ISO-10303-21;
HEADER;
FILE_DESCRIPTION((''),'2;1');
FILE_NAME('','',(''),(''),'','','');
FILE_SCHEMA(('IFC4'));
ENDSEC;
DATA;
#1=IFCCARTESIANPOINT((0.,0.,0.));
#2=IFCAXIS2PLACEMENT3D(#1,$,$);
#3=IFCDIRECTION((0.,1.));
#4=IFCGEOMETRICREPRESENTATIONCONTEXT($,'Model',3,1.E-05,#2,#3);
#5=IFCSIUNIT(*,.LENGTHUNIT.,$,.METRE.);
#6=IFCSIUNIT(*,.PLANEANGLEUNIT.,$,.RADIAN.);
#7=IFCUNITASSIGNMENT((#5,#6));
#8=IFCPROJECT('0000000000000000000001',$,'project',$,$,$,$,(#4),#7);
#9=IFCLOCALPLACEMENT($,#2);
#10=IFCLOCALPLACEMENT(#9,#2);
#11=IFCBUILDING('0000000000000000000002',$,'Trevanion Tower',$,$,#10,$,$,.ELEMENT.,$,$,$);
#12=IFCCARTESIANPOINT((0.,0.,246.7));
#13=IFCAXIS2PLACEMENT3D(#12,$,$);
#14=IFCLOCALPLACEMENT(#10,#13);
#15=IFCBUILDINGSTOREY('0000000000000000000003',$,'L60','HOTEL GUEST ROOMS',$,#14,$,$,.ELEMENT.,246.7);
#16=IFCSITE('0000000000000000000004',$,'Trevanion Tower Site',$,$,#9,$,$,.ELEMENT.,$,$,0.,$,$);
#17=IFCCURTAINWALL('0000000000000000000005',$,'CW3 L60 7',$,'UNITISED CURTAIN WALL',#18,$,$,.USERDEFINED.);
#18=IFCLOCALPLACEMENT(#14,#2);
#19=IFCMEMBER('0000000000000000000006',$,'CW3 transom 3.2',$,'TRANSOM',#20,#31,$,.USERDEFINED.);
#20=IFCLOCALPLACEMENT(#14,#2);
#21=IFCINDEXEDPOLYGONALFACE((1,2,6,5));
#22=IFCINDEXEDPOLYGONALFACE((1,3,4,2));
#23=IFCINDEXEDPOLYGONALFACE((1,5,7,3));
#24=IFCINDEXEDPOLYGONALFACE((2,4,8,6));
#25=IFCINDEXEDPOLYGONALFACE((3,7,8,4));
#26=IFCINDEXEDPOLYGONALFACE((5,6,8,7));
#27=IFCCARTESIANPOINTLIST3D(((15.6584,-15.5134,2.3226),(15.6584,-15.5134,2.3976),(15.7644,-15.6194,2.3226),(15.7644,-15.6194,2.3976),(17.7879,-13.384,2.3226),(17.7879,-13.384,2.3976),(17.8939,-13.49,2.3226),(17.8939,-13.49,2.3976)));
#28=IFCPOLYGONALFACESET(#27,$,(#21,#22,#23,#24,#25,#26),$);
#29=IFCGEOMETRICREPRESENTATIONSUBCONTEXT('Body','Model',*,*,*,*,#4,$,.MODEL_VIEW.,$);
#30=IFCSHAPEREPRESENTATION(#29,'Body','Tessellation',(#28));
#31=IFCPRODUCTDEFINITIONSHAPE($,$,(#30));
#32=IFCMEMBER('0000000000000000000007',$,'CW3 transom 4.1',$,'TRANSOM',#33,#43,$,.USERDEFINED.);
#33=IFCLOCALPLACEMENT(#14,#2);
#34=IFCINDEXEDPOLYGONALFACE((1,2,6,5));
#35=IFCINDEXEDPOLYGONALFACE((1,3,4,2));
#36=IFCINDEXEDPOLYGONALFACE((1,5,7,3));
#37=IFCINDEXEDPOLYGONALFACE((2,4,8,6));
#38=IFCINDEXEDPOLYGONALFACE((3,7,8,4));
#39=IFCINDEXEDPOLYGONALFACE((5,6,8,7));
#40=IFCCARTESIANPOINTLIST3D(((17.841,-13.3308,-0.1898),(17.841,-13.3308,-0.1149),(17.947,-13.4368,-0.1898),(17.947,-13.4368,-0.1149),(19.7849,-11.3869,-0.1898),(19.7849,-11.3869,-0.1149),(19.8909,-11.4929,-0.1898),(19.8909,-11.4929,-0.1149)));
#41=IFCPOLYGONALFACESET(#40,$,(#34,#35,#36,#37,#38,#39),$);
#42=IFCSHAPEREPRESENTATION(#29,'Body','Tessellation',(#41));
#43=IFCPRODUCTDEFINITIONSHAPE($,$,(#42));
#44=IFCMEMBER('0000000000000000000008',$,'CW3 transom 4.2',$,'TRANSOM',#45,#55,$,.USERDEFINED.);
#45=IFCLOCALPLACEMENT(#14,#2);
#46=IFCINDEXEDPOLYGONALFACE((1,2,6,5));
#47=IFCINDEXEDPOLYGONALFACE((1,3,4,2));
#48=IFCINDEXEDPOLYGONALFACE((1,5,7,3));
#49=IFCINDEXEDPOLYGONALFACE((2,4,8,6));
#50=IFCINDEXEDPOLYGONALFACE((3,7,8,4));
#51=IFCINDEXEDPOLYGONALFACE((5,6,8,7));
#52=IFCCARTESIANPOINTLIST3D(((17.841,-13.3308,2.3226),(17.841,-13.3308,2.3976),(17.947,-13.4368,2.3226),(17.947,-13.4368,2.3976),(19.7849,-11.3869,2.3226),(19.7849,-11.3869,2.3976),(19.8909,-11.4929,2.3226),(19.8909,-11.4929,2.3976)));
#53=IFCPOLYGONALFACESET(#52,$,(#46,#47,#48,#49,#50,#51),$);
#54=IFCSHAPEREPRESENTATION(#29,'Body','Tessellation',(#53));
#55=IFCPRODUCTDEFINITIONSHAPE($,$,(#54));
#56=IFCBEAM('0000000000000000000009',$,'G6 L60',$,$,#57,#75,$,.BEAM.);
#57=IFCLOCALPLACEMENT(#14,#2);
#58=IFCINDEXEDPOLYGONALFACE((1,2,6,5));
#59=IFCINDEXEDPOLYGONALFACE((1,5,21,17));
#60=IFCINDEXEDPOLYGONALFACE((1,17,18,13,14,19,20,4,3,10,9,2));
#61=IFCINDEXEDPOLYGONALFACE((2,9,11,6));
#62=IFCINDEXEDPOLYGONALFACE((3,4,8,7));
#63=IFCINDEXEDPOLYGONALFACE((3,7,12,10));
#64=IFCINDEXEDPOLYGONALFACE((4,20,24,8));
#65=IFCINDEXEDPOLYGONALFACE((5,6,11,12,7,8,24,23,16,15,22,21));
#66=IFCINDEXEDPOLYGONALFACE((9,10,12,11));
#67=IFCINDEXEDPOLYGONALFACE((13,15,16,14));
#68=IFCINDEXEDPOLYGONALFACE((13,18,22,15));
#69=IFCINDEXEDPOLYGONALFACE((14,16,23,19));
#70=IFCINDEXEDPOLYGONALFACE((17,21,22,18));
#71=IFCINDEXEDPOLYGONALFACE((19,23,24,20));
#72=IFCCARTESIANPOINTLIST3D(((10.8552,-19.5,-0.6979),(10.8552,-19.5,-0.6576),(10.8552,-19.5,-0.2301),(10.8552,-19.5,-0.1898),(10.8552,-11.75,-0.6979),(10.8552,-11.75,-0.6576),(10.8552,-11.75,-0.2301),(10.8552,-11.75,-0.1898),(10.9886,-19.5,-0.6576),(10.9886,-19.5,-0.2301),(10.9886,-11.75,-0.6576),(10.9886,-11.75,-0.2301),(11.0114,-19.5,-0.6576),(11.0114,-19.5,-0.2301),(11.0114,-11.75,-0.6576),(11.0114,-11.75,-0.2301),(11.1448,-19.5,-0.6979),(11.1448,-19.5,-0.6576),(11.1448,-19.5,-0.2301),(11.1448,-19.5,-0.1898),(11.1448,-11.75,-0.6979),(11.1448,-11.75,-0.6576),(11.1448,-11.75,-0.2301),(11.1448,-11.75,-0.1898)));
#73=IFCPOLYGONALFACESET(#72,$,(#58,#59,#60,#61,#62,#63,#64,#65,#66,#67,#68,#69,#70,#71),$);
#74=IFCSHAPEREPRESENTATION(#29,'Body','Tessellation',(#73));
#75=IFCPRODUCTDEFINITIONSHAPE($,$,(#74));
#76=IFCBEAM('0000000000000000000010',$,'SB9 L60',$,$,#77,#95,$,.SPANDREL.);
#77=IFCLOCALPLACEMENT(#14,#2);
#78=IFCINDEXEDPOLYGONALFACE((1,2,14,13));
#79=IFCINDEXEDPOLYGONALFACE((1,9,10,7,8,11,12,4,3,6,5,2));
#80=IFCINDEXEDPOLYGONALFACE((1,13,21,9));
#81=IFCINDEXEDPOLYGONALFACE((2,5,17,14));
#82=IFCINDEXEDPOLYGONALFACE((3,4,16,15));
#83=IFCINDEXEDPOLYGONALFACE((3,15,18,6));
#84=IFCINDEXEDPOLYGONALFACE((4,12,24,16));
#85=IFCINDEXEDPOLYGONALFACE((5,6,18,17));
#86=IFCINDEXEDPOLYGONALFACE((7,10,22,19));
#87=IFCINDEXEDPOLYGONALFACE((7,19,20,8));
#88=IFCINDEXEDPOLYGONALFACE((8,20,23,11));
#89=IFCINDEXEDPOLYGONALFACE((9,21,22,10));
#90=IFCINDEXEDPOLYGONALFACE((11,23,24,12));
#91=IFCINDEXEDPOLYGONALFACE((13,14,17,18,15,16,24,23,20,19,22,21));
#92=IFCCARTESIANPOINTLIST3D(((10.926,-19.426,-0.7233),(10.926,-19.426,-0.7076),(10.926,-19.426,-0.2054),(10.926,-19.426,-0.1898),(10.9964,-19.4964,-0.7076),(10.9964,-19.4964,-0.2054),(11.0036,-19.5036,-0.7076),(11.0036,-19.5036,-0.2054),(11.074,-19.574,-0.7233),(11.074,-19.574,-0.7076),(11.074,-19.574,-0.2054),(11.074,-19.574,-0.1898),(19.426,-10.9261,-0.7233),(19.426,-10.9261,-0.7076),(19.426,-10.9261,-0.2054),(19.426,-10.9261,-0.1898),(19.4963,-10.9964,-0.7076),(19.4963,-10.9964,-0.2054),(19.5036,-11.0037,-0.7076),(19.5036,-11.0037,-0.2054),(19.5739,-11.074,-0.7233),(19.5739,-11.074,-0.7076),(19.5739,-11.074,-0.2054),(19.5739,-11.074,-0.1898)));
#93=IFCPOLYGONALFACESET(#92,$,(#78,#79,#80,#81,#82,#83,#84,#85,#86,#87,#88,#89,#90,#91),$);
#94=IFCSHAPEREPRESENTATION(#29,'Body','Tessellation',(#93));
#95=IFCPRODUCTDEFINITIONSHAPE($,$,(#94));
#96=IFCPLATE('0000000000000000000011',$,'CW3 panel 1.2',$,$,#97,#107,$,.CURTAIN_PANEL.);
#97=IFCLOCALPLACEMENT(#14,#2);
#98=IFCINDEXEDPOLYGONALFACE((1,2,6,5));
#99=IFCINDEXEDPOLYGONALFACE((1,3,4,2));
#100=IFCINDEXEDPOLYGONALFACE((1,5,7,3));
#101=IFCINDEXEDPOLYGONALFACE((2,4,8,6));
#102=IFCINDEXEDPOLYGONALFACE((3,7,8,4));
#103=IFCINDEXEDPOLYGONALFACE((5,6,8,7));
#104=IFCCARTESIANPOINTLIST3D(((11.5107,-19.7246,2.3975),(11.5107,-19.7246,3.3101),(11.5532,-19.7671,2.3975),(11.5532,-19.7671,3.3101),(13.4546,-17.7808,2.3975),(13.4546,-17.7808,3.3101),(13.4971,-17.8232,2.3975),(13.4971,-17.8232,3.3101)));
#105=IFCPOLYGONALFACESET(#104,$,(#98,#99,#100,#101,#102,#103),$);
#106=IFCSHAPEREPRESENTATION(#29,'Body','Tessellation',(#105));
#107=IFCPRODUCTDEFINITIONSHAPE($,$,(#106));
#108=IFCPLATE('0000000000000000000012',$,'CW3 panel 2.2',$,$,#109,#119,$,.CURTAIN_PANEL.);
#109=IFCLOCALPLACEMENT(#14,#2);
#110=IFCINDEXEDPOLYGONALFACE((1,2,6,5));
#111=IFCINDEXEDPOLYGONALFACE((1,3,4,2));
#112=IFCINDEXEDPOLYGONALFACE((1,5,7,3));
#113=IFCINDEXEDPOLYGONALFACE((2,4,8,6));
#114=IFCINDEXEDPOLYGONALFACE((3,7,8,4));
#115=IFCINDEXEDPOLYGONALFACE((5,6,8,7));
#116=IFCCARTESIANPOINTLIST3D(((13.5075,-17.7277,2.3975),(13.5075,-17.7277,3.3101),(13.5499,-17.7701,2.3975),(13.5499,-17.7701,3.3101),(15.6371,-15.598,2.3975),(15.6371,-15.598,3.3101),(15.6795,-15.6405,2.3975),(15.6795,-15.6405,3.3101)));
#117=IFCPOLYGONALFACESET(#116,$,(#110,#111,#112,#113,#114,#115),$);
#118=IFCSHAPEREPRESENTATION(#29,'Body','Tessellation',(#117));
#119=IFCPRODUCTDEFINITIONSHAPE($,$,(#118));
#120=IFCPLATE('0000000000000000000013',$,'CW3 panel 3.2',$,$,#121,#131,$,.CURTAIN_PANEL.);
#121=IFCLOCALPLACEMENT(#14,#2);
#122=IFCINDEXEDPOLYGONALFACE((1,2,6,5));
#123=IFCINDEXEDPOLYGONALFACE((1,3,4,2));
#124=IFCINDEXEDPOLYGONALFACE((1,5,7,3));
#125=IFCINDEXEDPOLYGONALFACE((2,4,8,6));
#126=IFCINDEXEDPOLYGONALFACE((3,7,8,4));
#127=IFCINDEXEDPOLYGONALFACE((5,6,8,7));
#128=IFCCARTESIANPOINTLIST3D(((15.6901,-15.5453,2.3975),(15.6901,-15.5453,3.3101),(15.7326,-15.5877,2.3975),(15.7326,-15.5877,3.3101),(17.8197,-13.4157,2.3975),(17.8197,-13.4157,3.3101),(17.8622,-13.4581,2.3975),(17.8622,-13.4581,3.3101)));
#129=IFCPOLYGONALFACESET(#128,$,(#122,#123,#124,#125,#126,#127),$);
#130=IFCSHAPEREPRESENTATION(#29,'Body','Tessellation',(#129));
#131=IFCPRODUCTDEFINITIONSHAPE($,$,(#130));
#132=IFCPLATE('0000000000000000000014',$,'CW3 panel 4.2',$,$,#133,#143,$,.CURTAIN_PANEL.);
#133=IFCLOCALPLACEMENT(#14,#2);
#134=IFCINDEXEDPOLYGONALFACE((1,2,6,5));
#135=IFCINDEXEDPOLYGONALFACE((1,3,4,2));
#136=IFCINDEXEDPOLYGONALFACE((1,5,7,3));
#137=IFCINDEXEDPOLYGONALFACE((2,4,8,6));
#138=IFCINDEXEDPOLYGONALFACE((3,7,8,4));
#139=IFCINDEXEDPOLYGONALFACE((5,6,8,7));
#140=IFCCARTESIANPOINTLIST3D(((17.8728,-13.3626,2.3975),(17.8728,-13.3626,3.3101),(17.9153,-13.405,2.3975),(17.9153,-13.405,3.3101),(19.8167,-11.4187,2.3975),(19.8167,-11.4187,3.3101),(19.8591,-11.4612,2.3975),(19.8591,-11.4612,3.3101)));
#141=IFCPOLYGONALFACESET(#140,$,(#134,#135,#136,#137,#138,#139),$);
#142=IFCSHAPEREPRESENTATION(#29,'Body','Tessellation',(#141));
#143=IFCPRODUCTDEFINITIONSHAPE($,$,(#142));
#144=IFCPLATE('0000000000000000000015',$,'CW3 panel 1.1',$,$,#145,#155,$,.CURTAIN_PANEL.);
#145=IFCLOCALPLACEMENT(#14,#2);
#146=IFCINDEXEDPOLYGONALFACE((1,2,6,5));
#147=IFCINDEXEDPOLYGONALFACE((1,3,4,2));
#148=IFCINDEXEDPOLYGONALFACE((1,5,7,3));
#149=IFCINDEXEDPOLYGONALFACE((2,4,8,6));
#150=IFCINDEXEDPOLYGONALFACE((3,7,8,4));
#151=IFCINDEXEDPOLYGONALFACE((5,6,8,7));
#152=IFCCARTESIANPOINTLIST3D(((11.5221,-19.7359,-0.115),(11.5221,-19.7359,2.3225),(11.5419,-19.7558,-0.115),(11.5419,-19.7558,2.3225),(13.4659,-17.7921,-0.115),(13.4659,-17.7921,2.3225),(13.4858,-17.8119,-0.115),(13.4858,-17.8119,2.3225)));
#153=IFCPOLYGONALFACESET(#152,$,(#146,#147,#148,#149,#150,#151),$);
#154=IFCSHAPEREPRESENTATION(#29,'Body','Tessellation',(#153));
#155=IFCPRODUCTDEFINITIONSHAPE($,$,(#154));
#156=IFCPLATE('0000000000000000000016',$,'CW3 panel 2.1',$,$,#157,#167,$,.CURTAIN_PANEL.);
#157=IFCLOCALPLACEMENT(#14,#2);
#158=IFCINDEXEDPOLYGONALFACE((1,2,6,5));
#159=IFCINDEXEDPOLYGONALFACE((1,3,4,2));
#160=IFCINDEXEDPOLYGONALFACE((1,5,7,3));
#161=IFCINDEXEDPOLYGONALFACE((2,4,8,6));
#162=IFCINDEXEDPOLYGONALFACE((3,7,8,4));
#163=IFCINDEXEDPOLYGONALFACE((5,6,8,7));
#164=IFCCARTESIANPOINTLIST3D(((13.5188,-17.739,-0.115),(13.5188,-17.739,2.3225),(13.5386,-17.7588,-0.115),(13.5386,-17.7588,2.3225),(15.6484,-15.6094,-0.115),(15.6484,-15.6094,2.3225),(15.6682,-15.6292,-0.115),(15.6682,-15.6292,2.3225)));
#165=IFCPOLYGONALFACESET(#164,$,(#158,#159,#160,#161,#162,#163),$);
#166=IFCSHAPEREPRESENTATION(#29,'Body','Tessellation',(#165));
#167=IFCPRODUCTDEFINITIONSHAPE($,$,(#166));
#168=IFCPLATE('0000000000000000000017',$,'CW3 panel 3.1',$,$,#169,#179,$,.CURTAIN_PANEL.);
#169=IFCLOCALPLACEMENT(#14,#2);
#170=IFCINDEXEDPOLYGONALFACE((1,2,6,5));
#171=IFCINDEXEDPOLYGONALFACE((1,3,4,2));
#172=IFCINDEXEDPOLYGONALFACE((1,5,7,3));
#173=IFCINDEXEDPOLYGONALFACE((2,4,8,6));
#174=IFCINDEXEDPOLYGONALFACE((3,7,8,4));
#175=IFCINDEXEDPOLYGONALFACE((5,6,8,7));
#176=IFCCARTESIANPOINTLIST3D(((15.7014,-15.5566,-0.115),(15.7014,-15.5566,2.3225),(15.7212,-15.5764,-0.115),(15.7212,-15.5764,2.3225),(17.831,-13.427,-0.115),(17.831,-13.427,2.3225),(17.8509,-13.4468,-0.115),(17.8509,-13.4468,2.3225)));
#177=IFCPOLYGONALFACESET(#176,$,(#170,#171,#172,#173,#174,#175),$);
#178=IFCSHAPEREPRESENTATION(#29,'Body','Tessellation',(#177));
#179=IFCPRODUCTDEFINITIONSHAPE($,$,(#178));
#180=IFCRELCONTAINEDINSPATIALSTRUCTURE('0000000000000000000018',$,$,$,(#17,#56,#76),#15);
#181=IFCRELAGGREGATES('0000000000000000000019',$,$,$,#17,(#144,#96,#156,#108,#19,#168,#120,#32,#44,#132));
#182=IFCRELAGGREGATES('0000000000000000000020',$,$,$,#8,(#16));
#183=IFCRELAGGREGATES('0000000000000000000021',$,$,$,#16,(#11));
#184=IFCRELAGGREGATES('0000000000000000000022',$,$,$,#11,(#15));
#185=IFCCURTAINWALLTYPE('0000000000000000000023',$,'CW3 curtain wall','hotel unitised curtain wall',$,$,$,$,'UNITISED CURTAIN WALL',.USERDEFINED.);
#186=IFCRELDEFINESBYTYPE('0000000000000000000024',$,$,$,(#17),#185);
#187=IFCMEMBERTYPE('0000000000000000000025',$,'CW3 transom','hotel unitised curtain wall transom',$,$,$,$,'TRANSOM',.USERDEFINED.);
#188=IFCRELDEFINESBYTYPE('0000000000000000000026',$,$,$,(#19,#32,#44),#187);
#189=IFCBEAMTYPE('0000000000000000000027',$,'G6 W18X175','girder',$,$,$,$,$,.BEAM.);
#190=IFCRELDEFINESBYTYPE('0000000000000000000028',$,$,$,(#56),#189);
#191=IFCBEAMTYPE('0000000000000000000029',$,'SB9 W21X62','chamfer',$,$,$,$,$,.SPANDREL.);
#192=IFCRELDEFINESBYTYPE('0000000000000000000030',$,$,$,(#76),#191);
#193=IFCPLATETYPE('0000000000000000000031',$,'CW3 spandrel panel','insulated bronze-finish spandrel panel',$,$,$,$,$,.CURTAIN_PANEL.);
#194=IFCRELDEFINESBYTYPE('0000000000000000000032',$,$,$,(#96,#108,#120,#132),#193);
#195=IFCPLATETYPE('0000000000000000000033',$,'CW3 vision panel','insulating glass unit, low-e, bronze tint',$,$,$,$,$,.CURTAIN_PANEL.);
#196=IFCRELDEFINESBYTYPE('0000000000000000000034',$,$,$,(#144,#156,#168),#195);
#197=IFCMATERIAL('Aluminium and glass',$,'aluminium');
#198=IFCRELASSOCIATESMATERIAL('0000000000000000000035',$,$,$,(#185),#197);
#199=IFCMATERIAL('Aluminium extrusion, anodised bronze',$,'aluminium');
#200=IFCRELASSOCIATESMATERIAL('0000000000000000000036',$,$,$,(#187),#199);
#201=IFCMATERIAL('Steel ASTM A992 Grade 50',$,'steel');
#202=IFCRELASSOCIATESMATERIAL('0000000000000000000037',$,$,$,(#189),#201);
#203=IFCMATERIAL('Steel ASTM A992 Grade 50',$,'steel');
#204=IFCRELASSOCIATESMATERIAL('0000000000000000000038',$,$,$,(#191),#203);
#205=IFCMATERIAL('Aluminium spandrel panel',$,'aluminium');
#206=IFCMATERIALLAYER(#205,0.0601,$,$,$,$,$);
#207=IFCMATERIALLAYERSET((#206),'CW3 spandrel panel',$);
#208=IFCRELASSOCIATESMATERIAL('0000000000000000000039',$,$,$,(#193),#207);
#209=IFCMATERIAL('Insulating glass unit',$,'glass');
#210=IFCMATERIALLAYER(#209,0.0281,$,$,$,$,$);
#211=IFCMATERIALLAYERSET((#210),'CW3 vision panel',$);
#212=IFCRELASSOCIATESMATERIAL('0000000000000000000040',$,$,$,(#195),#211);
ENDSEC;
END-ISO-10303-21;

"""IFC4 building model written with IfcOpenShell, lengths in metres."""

from ifc_helpers import new_model, si_unit, direction, frame, origin, origin_2d, place, context, subcontext, project, spatial, rectangle, i_section, extrude, material, layer, layer_set, material_profile, profile_set, type_object, element, aggregate, save


model = new_model("IFC4")

# Units and contexts
model_context = context("Model", 3, precision=1e-05, world=origin(), true_north=direction((0.0, 1.0)))
body_context = subcontext(model_context, "Body", "Model", "MODEL_VIEW")
ifc_project = project(units=[si_unit("LENGTHUNIT", "METRE"), si_unit("PLANEANGLEUNIT", "RADIAN")], contexts=[model_context])

# Site, building, storey
site_placement = place(None, origin())
site = spatial("IfcSite", under=ifc_project, at=site_placement, Name="Trevanion Tower Site", CompositionType="ELEMENT", RefElevation=0.0)
building_placement = place(site_placement, origin())
building = spatial("IfcBuilding", under=site, at=building_placement, Name="Trevanion Tower", CompositionType="ELEMENT")
storey_placement = place(building_placement, frame((0.0, 0.0, 246.7)))
storey = spatial("IfcBuildingStorey", under=building, at=storey_placement, Name="L60", Description="HOTEL GUEST ROOMS", CompositionType="ELEMENT", Elevation=246.7)

# Curtain wall
ifc_material_1 = material(Name="Aluminium and glass", Category="aluminium")
curtain_wall_type = type_object("IfcCurtainWallType", Name="CW3 curtain wall", Description="hotel unitised curtain wall", ElementType="UNITISED CURTAIN WALL", PredefinedType="USERDEFINED", material=ifc_material_1)
curtain_wall_1_placement = place(storey_placement, origin())
curtain_wall_1 = element("IfcCurtainWall", 1, at=curtain_wall_1_placement, inside=storey, type_object=curtain_wall_type, Name="CW3 L60 7", ObjectType="UNITISED CURTAIN WALL", PredefinedType="USERDEFINED")

# Members
ifc_material_2 = material(Name="Aluminium extrusion, anodised bronze", Category="aluminium")
ifc_material_profile_1 = material_profile(ifc_material_2, rectangle(XDim=0.1499, YDim=0.075, at=origin_2d()), Name="CW3 transom")
ifc_profile_set_1 = profile_set([ifc_material_profile_1], Name="Aluminium extrusion, anodised bronze")
member_type_1 = type_object("IfcMemberType", Name="CW3 transom", Description="hotel unitised curtain wall transom", ElementType="TRANSOM", PredefinedType="USERDEFINED", material=ifc_profile_set_1)
member_1_placement = place(storey_placement, frame((15.7114, -15.5664, 2.3601), z_axis=(0.707107, 0.707107, 0.0), x_axis=(-0.707107, 0.707107, 0.0)))
member_1 = element("IfcMember", 2, at=member_1_placement, type_object=member_type_1, Name="CW3 transom 3.2", ObjectType="TRANSOM", PredefinedType="USERDEFINED", context=body_context, shape_type="SweptSolid", body=[
    extrude(rectangle(XDim=0.1499, YDim=0.075, at=origin_2d()), origin(), (0.0, 0.0, 1.0), 3.0115),
])
member_2_placement = place(storey_placement, frame((17.894, -13.3838, -0.1523), z_axis=(0.707107, 0.707107, 0.0), x_axis=(-0.707107, 0.707107, 0.0)))
member_2 = element("IfcMember", 3, at=member_2_placement, type_object=member_type_1, Name="CW3 transom 4.1", ObjectType="TRANSOM", PredefinedType="USERDEFINED", context=body_context, shape_type="SweptSolid", body=[
    extrude(rectangle(XDim=0.1499, YDim=0.075, at=origin_2d()), origin(), (0.0, 0.0, 1.0), 2.749),
])
member_3_placement = place(storey_placement, frame((17.894, -13.3838, 2.3601), z_axis=(0.707107, 0.707107, 0.0), x_axis=(-0.707107, 0.707107, 0.0)))
member_3 = element("IfcMember", 4, at=member_3_placement, type_object=member_type_1, Name="CW3 transom 4.2", ObjectType="TRANSOM", PredefinedType="USERDEFINED", context=body_context, shape_type="SweptSolid", body=[
    extrude(rectangle(XDim=0.1499, YDim=0.075, at=origin_2d()), origin(), (0.0, 0.0, 1.0), 2.749),
])

# Beams
ifc_material_3 = material(Name="Steel ASTM A992 Grade 50", Category="steel")
ifc_material_profile_2 = material_profile(ifc_material_3, i_section(OverallWidth=0.2896, OverallDepth=0.5081, WebThickness=0.0227, FlangeThickness=0.0403, at=origin_2d()), Name="W18X175")
ifc_profile_set_2 = profile_set([ifc_material_profile_2], Name="Steel ASTM A992 Grade 50")
beam_type_1 = type_object("IfcBeamType", Name="G6 W18X175", Description="girder", PredefinedType="BEAM", material=ifc_profile_set_2)
beam_1_placement = place(storey_placement, frame((11.0, -11.75, -0.4438), z_axis=(0.0, -1.0, 0.0), x_axis=(1.0, 0.0, 0.0)))
element("IfcBeam", 5, at=beam_1_placement, inside=storey, type_object=beam_type_1, Name="G6 L60", PredefinedType="BEAM", context=body_context, shape_type="SweptSolid", body=[
    extrude(i_section(OverallWidth=0.2896, OverallDepth=0.5081, WebThickness=0.0227, FlangeThickness=0.0403, at=origin_2d()), origin(), (0.0, 0.0, 1.0), 7.75),
])
ifc_material_4 = material(Name="Steel ASTM A992 Grade 50", Category="steel")
ifc_material_profile_3 = material_profile(ifc_material_4, i_section(OverallWidth=0.2092, OverallDepth=0.5334, WebThickness=0.0103, FlangeThickness=0.0156, at=origin_2d()), Name="W21X62")
ifc_profile_set_3 = profile_set([ifc_material_profile_3], Name="Steel ASTM A992 Grade 50")
beam_type_2 = type_object("IfcBeamType", Name="SB9 W21X62", Description="chamfer", PredefinedType="SPANDREL", material=ifc_profile_set_3)
beam_2_placement = place(storey_placement, frame((11.0, -19.5, -0.4565), z_axis=(0.707107, 0.707107, 0.0), x_axis=(-0.707107, 0.707107, 0.0)))
element("IfcBeam", 6, at=beam_2_placement, inside=storey, type_object=beam_type_2, Name="SB9 L60", PredefinedType="SPANDREL", context=body_context, shape_type="SweptSolid", body=[
    extrude(i_section(OverallWidth=0.2092, OverallDepth=0.5334, WebThickness=0.0103, FlangeThickness=0.0156, at=origin_2d()), origin(), (0.0, 0.0, 1.0), 12.0208),
])

# Plates
ifc_material_5 = material(Name="Aluminium spandrel panel", Category="aluminium")
ifc_layer_1 = layer(ifc_material_5, 0.0601)
ifc_layer_set_1 = layer_set([ifc_layer_1], Name="CW3 spandrel panel")
plate_type_1 = type_object("IfcPlateType", Name="CW3 spandrel panel", Description="insulated bronze-finish spandrel panel", PredefinedType="CURTAIN_PANEL", material=ifc_layer_set_1)
plate_1_placement = place(storey_placement, frame((12.5039, -18.7739, 2.3975), z_axis=(0.0, 0.0, 1.0), x_axis=(0.707107, 0.707107, 0.0)))
plate_1 = element("IfcPlate", 7, at=plate_1_placement, type_object=plate_type_1, Name="CW3 panel 1.2", PredefinedType="CURTAIN_PANEL", context=body_context, shape_type="SweptSolid", body=[
    extrude(rectangle(XDim=2.749, YDim=0.0601, at=origin_2d()), origin(), (0.0, 0.0, 1.0), 0.9126),
])
plate_2_placement = place(storey_placement, frame((14.5935, -16.6841, 2.3975), z_axis=(0.0, 0.0, 1.0), x_axis=(0.707107, 0.707107, 0.0)))
plate_2 = element("IfcPlate", 8, at=plate_2_placement, type_object=plate_type_1, Name="CW3 panel 2.2", PredefinedType="CURTAIN_PANEL", context=body_context, shape_type="SweptSolid", body=[
    extrude(rectangle(XDim=3.0117, YDim=0.0601, at=origin_2d()), origin(), (0.0, 0.0, 1.0), 0.9126),
])
plate_3_placement = place(storey_placement, frame((16.7761, -14.5017, 2.3975), z_axis=(0.0, 0.0, 1.0), x_axis=(0.707107, 0.707107, 0.0)))
plate_3 = element("IfcPlate", 9, at=plate_3_placement, type_object=plate_type_1, Name="CW3 panel 3.2", PredefinedType="CURTAIN_PANEL", context=body_context, shape_type="SweptSolid", body=[
    extrude(rectangle(XDim=3.0117, YDim=0.0601, at=origin_2d()), origin(), (0.0, 0.0, 1.0), 0.9126),
])
plate_4_placement = place(storey_placement, frame((18.866, -12.4119, 2.3975), z_axis=(0.0, 0.0, 1.0), x_axis=(0.707107, 0.707107, 0.0)))
plate_4 = element("IfcPlate", 10, at=plate_4_placement, type_object=plate_type_1, Name="CW3 panel 4.2", PredefinedType="CURTAIN_PANEL", context=body_context, shape_type="SweptSolid", body=[
    extrude(rectangle(XDim=2.749, YDim=0.0601, at=origin_2d()), origin(), (0.0, 0.0, 1.0), 0.9126),
])
ifc_material_6 = material(Name="Insulating glass unit", Category="glass")
ifc_layer_2 = layer(ifc_material_6, 0.0281)
ifc_layer_set_2 = layer_set([ifc_layer_2], Name="CW3 vision panel")
plate_type_2 = type_object("IfcPlateType", Name="CW3 vision panel", Description="insulating glass unit, low-e, bronze tint", PredefinedType="CURTAIN_PANEL", material=ifc_layer_set_2)
plate_5_placement = place(storey_placement, frame((12.5039, -18.7739, -0.115), z_axis=(0.0, 0.0, 1.0), x_axis=(0.707107, 0.707107, 0.0)))
plate_5 = element("IfcPlate", 11, at=plate_5_placement, type_object=plate_type_2, Name="CW3 panel 1.1", PredefinedType="CURTAIN_PANEL", context=body_context, shape_type="SweptSolid", body=[
    extrude(rectangle(XDim=2.749, YDim=0.0281, at=origin_2d()), origin(), (0.0, 0.0, 1.0), 2.4375),
])
plate_6_placement = place(storey_placement, frame((14.5935, -16.6841, -0.115), z_axis=(0.0, 0.0, 1.0), x_axis=(0.707107, 0.707107, 0.0)))
plate_6 = element("IfcPlate", 12, at=plate_6_placement, type_object=plate_type_2, Name="CW3 panel 2.1", PredefinedType="CURTAIN_PANEL", context=body_context, shape_type="SweptSolid", body=[
    extrude(rectangle(XDim=3.0117, YDim=0.0281, at=origin_2d()), origin(), (0.0, 0.0, 1.0), 2.4375),
])
plate_7_placement = place(storey_placement, frame((16.7761, -14.5017, -0.115), z_axis=(0.0, 0.0, 1.0), x_axis=(0.707107, 0.707107, 0.0)))
plate_7 = element("IfcPlate", 13, at=plate_7_placement, type_object=plate_type_2, Name="CW3 panel 3.1", PredefinedType="CURTAIN_PANEL", context=body_context, shape_type="SweptSolid", body=[
    extrude(rectangle(XDim=3.0117, YDim=0.0281, at=origin_2d()), origin(), (0.0, 0.0, 1.0), 2.4375),
])
aggregate(curtain_wall_1, [plate_5, plate_1, plate_6, plate_2, member_1, plate_7, plate_3, member_2, member_3, plate_4])

save(model, "model.ifc")
